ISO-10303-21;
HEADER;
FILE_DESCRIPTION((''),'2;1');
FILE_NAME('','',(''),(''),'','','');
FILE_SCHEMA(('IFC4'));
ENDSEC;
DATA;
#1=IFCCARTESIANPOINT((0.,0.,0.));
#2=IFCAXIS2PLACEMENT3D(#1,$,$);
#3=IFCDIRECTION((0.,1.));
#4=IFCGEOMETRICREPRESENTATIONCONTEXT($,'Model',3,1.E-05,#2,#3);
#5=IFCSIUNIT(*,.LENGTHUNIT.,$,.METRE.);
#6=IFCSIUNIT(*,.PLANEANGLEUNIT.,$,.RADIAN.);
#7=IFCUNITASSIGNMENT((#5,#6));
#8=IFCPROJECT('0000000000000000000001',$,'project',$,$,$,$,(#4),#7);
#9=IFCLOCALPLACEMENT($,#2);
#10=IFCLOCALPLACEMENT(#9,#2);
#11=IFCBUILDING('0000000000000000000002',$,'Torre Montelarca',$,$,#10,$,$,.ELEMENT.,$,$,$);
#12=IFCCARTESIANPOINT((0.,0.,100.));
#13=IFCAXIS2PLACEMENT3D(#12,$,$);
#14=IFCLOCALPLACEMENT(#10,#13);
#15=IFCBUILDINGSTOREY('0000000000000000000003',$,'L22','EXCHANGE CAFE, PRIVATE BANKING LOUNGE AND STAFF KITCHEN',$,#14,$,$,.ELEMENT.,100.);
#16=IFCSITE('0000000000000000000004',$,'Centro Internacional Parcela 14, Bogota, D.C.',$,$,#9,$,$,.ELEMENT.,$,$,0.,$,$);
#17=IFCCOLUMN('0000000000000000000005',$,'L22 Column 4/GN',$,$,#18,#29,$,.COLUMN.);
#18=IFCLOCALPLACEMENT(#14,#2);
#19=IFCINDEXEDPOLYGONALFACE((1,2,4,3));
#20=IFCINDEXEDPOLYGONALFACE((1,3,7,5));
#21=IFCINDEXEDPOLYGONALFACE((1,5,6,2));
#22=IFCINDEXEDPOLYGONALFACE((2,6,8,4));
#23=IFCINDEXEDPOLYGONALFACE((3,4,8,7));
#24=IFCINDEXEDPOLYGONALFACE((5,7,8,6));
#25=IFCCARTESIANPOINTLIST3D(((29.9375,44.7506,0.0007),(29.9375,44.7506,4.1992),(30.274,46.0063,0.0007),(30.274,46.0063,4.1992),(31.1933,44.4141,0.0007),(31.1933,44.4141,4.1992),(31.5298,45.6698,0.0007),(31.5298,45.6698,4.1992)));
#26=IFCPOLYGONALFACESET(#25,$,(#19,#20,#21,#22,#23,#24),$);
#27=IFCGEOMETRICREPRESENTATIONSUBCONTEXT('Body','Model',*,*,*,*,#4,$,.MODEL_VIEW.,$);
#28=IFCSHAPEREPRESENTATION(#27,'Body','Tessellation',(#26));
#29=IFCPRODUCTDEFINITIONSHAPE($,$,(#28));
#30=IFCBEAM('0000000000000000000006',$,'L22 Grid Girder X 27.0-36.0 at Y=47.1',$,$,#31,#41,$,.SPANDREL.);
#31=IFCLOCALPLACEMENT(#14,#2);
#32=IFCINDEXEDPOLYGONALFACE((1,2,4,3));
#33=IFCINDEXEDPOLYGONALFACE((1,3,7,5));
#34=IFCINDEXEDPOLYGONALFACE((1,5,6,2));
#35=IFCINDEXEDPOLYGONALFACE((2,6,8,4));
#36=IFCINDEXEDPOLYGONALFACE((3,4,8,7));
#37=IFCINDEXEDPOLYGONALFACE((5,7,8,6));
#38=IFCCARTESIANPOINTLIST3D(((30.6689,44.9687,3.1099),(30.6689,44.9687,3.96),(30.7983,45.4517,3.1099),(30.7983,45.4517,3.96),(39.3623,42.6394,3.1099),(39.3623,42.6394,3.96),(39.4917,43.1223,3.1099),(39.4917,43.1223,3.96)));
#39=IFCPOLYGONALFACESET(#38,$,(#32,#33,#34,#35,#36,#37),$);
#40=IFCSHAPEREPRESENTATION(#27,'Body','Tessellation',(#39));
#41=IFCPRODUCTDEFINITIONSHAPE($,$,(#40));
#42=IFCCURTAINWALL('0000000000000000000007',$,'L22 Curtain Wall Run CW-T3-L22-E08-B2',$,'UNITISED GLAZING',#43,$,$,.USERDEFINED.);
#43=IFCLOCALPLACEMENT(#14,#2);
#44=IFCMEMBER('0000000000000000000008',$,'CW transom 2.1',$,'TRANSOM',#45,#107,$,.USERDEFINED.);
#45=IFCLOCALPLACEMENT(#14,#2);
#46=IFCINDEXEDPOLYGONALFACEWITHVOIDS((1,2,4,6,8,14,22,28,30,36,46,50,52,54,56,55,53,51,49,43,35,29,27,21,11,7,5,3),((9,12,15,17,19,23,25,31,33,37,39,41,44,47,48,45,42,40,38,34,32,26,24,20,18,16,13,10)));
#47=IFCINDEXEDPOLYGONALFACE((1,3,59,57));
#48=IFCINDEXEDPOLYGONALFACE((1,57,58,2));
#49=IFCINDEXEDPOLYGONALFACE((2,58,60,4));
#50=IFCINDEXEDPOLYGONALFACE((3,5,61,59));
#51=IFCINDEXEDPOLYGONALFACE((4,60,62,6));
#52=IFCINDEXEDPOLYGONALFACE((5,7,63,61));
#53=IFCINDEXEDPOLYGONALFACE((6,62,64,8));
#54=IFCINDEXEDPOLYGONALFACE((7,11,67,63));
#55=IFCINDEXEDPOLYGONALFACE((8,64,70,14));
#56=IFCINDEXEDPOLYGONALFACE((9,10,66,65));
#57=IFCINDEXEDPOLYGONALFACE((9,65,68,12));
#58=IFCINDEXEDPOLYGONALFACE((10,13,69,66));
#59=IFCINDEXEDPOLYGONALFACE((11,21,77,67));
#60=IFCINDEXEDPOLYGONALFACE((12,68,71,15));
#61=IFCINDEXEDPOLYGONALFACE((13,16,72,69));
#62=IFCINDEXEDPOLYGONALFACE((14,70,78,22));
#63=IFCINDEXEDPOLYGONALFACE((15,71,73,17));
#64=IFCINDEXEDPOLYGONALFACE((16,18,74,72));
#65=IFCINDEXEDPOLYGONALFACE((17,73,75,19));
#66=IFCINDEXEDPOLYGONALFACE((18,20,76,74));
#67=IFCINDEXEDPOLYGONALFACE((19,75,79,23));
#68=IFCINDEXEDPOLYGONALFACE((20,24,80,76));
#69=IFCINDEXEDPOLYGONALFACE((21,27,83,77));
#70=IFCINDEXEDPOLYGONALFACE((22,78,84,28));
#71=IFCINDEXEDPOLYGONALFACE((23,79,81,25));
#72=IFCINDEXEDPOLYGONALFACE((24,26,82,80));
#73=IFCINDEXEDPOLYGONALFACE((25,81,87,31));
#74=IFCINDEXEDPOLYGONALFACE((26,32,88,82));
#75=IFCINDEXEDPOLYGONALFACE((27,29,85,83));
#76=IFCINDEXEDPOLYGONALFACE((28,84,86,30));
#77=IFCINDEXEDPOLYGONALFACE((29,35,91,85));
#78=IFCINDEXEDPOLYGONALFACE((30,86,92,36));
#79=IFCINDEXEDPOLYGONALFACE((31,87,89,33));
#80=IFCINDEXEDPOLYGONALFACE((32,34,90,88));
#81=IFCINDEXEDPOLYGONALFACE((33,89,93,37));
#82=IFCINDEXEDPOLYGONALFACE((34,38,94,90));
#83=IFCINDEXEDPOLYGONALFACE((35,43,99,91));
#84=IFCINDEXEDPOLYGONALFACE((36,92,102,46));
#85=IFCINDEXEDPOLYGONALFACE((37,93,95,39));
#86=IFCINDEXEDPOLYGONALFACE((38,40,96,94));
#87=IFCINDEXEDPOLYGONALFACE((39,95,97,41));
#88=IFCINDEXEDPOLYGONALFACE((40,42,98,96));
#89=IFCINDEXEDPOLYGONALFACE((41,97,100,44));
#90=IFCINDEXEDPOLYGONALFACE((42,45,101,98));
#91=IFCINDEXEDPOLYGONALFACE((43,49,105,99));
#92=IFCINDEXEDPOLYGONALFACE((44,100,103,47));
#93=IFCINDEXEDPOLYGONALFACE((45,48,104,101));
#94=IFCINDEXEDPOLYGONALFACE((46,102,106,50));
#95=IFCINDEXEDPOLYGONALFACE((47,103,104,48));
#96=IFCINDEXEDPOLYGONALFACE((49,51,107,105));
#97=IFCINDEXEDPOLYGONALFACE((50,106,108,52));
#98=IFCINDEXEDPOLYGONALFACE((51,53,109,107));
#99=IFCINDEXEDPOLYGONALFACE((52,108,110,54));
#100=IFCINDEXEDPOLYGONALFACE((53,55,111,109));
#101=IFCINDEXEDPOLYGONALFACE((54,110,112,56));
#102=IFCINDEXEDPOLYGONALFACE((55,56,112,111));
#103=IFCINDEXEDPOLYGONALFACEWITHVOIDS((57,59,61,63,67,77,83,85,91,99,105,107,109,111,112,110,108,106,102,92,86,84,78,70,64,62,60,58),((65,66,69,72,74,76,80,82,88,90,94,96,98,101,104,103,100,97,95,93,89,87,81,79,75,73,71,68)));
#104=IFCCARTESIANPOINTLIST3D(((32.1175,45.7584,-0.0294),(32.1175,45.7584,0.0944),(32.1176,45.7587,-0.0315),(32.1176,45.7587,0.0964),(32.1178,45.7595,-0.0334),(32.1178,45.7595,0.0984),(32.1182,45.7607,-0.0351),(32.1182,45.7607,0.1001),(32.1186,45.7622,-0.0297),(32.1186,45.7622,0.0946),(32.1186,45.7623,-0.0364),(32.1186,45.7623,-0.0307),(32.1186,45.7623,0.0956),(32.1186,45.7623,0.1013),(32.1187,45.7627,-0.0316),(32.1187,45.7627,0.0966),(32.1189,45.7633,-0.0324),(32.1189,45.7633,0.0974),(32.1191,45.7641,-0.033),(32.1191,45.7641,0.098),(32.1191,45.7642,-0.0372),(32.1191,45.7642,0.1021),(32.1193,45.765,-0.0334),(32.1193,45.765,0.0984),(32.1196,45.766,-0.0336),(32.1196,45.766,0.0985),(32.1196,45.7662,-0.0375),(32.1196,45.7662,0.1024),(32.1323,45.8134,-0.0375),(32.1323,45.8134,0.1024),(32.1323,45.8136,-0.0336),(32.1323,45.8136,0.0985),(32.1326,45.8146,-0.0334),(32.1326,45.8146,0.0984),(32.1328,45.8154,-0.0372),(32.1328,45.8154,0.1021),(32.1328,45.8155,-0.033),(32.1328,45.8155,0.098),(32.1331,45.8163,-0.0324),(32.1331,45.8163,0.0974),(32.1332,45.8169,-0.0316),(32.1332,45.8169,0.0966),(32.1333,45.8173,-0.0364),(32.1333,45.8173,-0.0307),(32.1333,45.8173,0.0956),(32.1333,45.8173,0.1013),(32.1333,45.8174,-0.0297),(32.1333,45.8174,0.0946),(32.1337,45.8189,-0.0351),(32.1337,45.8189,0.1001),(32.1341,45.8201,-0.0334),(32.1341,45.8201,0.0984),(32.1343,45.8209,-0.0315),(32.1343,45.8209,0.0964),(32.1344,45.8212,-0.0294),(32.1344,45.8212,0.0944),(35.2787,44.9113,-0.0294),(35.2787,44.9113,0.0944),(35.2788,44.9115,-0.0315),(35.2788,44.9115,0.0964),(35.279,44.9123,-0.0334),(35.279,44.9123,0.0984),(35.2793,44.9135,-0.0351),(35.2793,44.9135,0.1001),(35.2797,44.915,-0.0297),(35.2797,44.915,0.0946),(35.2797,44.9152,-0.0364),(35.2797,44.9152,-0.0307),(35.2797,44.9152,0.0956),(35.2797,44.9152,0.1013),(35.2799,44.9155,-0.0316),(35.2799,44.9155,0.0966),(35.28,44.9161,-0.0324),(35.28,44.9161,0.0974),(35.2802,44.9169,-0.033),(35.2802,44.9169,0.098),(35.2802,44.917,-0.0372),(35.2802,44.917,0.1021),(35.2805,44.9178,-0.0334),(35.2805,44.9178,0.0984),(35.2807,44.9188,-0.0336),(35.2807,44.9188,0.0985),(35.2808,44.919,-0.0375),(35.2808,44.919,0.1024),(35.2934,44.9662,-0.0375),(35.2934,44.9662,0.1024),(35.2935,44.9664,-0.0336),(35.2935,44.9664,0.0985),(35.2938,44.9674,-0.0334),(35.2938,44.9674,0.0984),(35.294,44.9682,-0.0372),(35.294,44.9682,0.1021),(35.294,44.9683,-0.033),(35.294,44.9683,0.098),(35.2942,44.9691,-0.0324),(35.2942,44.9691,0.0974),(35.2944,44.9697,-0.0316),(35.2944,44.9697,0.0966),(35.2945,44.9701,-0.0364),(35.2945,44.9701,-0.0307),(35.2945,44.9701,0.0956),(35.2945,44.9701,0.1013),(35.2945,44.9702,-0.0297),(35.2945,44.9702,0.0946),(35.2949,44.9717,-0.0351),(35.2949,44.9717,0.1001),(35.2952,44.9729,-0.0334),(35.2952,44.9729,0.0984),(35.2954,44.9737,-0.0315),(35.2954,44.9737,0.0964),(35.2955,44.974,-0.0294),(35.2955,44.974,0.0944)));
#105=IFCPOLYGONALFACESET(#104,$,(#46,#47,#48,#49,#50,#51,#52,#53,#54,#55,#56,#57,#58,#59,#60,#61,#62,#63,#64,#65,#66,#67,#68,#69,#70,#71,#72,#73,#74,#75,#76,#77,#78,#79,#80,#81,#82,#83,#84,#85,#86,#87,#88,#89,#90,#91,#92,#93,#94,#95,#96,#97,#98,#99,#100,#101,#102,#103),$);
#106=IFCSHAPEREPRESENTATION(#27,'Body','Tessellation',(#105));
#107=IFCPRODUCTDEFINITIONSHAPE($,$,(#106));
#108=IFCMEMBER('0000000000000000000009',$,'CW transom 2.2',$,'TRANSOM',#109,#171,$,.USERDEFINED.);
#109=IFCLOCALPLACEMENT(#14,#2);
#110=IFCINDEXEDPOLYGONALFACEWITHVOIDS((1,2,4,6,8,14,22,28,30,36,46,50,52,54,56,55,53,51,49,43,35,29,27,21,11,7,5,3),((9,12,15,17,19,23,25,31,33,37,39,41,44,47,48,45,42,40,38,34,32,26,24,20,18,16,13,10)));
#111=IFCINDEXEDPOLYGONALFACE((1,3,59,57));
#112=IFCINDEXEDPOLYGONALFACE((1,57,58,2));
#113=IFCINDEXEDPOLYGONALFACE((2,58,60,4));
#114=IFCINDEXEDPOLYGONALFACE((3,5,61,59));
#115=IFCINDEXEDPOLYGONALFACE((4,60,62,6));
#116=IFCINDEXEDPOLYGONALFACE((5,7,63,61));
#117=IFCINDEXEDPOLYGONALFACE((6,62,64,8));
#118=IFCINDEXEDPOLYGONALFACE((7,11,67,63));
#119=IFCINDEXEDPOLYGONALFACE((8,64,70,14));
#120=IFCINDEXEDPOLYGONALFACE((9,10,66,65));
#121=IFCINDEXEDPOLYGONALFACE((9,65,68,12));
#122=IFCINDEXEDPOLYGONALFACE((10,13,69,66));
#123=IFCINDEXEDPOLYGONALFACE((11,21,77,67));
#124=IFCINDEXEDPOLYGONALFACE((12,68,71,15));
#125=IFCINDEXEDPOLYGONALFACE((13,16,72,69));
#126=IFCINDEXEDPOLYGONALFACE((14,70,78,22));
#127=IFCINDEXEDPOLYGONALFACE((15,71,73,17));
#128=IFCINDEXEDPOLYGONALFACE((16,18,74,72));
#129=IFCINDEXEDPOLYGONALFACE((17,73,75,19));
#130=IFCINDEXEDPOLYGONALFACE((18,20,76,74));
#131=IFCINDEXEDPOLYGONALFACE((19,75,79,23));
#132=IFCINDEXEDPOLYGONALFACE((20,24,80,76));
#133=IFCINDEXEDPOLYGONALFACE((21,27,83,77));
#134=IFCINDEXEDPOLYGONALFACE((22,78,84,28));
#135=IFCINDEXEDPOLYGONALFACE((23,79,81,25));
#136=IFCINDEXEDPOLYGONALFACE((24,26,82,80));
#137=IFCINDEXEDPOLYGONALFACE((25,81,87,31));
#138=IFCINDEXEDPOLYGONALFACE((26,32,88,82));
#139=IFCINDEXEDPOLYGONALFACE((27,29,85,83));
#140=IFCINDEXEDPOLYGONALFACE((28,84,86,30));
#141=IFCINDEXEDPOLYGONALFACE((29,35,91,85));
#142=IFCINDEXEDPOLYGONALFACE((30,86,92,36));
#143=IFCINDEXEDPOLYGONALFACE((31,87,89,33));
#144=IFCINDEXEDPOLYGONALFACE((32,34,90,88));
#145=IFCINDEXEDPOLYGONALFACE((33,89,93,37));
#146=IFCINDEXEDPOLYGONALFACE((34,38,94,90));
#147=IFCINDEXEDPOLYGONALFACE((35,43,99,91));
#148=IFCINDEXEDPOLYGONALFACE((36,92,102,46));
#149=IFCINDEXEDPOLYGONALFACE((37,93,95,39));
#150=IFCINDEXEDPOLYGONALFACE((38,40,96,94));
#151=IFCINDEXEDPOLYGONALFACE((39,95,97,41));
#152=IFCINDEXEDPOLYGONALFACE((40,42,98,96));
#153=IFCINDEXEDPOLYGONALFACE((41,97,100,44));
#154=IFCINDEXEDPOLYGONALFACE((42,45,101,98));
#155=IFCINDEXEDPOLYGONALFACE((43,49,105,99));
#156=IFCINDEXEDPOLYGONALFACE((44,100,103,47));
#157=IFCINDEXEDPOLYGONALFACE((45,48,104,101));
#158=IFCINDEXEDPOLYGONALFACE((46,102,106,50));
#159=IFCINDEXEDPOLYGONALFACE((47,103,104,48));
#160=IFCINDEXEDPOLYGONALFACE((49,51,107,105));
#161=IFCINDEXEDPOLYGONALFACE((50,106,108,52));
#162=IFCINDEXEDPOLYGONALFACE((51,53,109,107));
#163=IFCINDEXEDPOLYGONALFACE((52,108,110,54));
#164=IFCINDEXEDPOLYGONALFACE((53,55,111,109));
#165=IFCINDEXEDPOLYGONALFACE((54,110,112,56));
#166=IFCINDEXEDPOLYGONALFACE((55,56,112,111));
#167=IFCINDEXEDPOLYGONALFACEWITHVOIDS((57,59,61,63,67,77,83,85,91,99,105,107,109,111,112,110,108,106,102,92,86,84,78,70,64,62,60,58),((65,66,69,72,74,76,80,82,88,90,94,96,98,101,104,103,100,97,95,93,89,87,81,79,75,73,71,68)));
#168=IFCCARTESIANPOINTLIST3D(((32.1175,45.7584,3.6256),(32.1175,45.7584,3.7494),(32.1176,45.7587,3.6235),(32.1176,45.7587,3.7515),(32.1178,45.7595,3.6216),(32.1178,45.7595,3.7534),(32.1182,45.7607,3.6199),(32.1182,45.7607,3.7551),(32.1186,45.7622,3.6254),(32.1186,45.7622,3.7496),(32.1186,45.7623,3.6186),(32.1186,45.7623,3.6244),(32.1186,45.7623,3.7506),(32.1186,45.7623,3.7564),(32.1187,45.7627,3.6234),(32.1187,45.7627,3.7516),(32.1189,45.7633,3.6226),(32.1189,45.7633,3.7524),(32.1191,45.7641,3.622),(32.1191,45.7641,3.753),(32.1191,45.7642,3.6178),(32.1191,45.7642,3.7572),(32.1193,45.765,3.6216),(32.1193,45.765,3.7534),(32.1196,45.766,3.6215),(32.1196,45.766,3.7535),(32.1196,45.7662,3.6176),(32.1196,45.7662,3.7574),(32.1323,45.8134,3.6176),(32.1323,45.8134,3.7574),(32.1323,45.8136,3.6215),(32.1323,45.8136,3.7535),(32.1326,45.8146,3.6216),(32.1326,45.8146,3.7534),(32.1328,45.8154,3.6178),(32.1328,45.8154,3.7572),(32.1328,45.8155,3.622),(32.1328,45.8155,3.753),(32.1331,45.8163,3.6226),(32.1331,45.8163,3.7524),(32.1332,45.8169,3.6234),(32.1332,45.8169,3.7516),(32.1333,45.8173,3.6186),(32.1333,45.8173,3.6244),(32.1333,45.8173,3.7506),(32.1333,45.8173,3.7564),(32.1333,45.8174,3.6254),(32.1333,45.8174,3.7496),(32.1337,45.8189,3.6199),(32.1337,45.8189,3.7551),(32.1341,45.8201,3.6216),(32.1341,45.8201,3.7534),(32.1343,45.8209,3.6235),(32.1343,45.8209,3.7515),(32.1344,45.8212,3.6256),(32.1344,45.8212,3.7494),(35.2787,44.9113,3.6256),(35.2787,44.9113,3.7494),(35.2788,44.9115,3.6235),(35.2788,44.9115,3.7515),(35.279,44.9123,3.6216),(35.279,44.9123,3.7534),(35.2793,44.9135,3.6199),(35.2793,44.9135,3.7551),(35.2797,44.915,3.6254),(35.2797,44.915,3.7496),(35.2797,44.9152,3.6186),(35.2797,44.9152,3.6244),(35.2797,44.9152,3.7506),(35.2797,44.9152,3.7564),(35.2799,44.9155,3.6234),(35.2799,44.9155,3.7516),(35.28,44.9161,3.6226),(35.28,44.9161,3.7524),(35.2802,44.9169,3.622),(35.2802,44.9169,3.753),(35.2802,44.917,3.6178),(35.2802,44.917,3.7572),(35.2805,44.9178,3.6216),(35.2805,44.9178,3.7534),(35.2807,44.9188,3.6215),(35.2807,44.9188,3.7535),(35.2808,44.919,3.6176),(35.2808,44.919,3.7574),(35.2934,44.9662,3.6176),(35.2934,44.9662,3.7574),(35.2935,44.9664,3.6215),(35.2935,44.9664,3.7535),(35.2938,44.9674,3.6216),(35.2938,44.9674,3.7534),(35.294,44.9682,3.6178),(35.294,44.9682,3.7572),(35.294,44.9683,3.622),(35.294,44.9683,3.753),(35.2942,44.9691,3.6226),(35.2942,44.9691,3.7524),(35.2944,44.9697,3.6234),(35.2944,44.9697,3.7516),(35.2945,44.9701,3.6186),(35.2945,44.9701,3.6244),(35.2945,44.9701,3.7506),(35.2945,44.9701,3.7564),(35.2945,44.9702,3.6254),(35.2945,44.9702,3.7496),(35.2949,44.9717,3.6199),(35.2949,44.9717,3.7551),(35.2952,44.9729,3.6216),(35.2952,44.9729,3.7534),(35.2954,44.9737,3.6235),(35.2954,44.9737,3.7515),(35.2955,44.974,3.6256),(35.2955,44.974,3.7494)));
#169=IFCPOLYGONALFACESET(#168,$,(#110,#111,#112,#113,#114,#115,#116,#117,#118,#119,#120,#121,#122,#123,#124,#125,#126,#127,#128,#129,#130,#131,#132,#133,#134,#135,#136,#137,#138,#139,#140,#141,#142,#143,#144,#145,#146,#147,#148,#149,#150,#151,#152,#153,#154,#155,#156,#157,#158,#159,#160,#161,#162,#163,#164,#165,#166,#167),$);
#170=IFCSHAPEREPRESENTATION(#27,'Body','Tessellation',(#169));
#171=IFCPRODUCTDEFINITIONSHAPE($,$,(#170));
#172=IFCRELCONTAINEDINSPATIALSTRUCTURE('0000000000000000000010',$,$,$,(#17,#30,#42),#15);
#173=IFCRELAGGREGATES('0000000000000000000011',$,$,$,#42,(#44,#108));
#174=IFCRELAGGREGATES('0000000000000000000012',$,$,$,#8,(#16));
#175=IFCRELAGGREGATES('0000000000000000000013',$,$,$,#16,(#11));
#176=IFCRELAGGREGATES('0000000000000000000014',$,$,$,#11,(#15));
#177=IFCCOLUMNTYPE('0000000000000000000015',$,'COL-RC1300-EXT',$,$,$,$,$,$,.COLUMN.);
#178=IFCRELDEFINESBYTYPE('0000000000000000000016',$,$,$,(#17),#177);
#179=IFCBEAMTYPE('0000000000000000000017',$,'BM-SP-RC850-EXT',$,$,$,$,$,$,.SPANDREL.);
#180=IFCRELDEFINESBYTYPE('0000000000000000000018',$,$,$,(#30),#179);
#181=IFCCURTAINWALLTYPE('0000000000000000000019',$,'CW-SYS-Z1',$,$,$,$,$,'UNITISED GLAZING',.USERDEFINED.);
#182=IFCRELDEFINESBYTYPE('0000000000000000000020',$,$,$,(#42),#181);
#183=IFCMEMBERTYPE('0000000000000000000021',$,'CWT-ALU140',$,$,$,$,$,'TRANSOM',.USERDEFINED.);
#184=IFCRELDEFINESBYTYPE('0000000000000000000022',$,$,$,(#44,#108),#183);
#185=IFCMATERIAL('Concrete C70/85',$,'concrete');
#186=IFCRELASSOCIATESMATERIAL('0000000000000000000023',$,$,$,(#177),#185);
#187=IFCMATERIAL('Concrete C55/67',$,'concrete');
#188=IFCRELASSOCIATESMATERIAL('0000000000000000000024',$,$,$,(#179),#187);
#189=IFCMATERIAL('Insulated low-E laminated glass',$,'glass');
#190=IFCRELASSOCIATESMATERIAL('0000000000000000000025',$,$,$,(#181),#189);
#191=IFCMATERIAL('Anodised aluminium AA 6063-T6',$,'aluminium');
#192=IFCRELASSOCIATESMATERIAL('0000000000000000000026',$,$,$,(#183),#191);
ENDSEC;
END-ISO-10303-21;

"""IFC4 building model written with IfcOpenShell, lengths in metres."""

from ifc_helpers import new_model, si_unit, direction, frame, origin, origin_2d, place, context, subcontext, project, spatial, rectangle, hollow_rectangle, extrude, source, transform, mapped, material, material_profile, profile_set, type_object, element, aggregate, save


model = new_model("IFC4")

# Units and contexts
model_context = context("Model", 3, precision=1e-05, world=origin(), true_north=direction((0.0, 1.0)))
body_context = subcontext(model_context, "Body", "Model", "MODEL_VIEW")
ifc_project = project(units=[si_unit("LENGTHUNIT", "METRE"), si_unit("PLANEANGLEUNIT", "RADIAN")], contexts=[model_context])

# Site, building, storey
site_placement = place(None, origin())
site = spatial("IfcSite", under=ifc_project, at=site_placement, Name="Centro Internacional Parcela 14, Bogota, D.C.", CompositionType="ELEMENT", RefElevation=0.0)
building_placement = place(site_placement, origin())
building = spatial("IfcBuilding", under=site, at=building_placement, Name="Torre Montelarca", CompositionType="ELEMENT")
storey_placement = place(building_placement, frame((0.0, 0.0, 100.0)))
storey = spatial("IfcBuildingStorey", under=building, at=storey_placement, Name="L22", Description="EXCHANGE CAFE, PRIVATE BANKING LOUNGE AND STAFF KITCHEN", CompositionType="ELEMENT", Elevation=100.0)

# Column
ifc_material_1 = material(Name="Concrete C70/85", Category="concrete")
ifc_material_profile_1 = material_profile(ifc_material_1, rectangle(XDim=1.3, YDim=1.3, at=origin_2d()), Name="RC1300X1300", Category="concrete")
ifc_profile_set_1 = profile_set([ifc_material_profile_1], Name="Concrete C70/85")
column_type = type_object("IfcColumnType", Name="COL-RC1300-EXT", PredefinedType="COLUMN", material=ifc_profile_set_1)
shared_shape_1 = source(origin(), body_context, "Body", "SweptSolid", [
    extrude(rectangle(XDim=1.3, YDim=1.3, at=origin_2d()), origin(), (0.0, 0.0, 1.0), 4.1985),
])
column_placement = place(storey_placement, frame((30.7336, 45.2102, 0.0007), z_axis=(0.0, 0.0, 1.0), x_axis=(-0.965926, 0.258819, 0.0)))
element("IfcColumn", 1, at=column_placement, inside=storey, type_object=column_type, Name="L22 Column 4/GN", PredefinedType="COLUMN", context=body_context, shape_type="MappedRepresentation", body=[
    mapped(shared_shape_1, transform((0.0, 0.0, 0.0), scale=1.0)),
])

# Beam
ifc_material_2 = material(Name="Concrete C55/67", Category="concrete")
ifc_material_profile_2 = material_profile(ifc_material_2, rectangle(XDim=0.5, YDim=0.8501, at=origin_2d()), Name="RCB500X850", Category="concrete")
ifc_profile_set_2 = profile_set([ifc_material_profile_2], Name="Concrete C55/67")
beam_type = type_object("IfcBeamType", Name="BM-SP-RC850-EXT", PredefinedType="SPANDREL", material=ifc_profile_set_2)
shared_shape_2 = source(origin(), body_context, "Body", "SweptSolid", [
    extrude(rectangle(XDim=0.5, YDim=0.8501, at=origin_2d()), origin(), (0.0, 0.0, 1.0), 9.0),
])
beam_placement = place(storey_placement, frame((30.7336, 45.2102, 3.5349), z_axis=(0.965927, -0.258816, 0.0), x_axis=(0.258816, 0.965927, 0.0)))
element("IfcBeam", 2, at=beam_placement, inside=storey, type_object=beam_type, Name="L22 Grid Girder X 27.0-36.0 at Y=47.1", PredefinedType="SPANDREL", context=body_context, shape_type="MappedRepresentation", body=[
    mapped(shared_shape_2, transform((0.0, 0.0, 0.0), scale=1.0)),
])

# Curtain wall, members
ifc_material_3 = material(Name="Insulated low-E laminated glass", Category="glass")
curtain_wall_type = type_object("IfcCurtainWallType", Name="CW-SYS-Z1", ElementType="UNITISED GLAZING", PredefinedType="USERDEFINED", material=ifc_material_3)
curtain_wall_1_placement = place(storey_placement, origin())
curtain_wall_1 = element("IfcCurtainWall", 3, at=curtain_wall_1_placement, inside=storey, type_object=curtain_wall_type, Name="L22 Curtain Wall Run CW-T3-L22-E08-B2", ObjectType="UNITISED GLAZING", PredefinedType="USERDEFINED")
ifc_material_4 = material(Name="Anodised aluminium AA 6063-T6", Category="aluminium")
ifc_material_profile_3 = material_profile(ifc_material_4, hollow_rectangle(XDim=0.0649, YDim=0.1399, WallThickness=0.0039, InnerFilletRadius=0.0039, OuterFilletRadius=0.0081, at=origin_2d()), Name="ALU65X140X4", Category="aluminium")
ifc_profile_set_3 = profile_set([ifc_material_profile_3], Name="Anodised aluminium AA 6063-T6")
member_type_1 = type_object("IfcMemberType", Name="CWT-ALU140", ElementType="TRANSOM", PredefinedType="USERDEFINED", material=ifc_profile_set_3)
shared_shape_3 = source(origin(), body_context, "Body", "SweptSolid", [
    extrude(hollow_rectangle(XDim=0.0649, YDim=0.1399, WallThickness=0.0039, InnerFilletRadius=0.0039, OuterFilletRadius=0.0081, at=origin_2d()), origin(), (0.0, 0.0, 1.0), 3.2727),
])
member_1_placement = place(storey_placement, frame((35.2871, 44.9426, 0.0325), z_axis=(-0.965915, 0.25886, 0.0), x_axis=(-0.25886, -0.965915, 0.0)))
member_1 = element("IfcMember", 4, at=member_1_placement, type_object=member_type_1, Name="CW transom 2.1", ObjectType="TRANSOM", PredefinedType="USERDEFINED", context=body_context, shape_type="MappedRepresentation", body=[
    mapped(shared_shape_3, transform((0.0, 0.0, 0.0), scale=1.0)),
])
member_2_placement = place(storey_placement, frame((35.2871, 44.9426, 3.6875), z_axis=(-0.965915, 0.25886, 0.0), x_axis=(-0.25886, -0.965915, 0.0)))
member_2 = element("IfcMember", 5, at=member_2_placement, type_object=member_type_1, Name="CW transom 2.2", ObjectType="TRANSOM", PredefinedType="USERDEFINED", context=body_context, shape_type="MappedRepresentation", body=[
    mapped(shared_shape_3, transform((0.0, 0.0, 0.0), scale=1.0)),
])

aggregate(curtain_wall_1, [member_1, member_2])

save(model, "model.ifc")
